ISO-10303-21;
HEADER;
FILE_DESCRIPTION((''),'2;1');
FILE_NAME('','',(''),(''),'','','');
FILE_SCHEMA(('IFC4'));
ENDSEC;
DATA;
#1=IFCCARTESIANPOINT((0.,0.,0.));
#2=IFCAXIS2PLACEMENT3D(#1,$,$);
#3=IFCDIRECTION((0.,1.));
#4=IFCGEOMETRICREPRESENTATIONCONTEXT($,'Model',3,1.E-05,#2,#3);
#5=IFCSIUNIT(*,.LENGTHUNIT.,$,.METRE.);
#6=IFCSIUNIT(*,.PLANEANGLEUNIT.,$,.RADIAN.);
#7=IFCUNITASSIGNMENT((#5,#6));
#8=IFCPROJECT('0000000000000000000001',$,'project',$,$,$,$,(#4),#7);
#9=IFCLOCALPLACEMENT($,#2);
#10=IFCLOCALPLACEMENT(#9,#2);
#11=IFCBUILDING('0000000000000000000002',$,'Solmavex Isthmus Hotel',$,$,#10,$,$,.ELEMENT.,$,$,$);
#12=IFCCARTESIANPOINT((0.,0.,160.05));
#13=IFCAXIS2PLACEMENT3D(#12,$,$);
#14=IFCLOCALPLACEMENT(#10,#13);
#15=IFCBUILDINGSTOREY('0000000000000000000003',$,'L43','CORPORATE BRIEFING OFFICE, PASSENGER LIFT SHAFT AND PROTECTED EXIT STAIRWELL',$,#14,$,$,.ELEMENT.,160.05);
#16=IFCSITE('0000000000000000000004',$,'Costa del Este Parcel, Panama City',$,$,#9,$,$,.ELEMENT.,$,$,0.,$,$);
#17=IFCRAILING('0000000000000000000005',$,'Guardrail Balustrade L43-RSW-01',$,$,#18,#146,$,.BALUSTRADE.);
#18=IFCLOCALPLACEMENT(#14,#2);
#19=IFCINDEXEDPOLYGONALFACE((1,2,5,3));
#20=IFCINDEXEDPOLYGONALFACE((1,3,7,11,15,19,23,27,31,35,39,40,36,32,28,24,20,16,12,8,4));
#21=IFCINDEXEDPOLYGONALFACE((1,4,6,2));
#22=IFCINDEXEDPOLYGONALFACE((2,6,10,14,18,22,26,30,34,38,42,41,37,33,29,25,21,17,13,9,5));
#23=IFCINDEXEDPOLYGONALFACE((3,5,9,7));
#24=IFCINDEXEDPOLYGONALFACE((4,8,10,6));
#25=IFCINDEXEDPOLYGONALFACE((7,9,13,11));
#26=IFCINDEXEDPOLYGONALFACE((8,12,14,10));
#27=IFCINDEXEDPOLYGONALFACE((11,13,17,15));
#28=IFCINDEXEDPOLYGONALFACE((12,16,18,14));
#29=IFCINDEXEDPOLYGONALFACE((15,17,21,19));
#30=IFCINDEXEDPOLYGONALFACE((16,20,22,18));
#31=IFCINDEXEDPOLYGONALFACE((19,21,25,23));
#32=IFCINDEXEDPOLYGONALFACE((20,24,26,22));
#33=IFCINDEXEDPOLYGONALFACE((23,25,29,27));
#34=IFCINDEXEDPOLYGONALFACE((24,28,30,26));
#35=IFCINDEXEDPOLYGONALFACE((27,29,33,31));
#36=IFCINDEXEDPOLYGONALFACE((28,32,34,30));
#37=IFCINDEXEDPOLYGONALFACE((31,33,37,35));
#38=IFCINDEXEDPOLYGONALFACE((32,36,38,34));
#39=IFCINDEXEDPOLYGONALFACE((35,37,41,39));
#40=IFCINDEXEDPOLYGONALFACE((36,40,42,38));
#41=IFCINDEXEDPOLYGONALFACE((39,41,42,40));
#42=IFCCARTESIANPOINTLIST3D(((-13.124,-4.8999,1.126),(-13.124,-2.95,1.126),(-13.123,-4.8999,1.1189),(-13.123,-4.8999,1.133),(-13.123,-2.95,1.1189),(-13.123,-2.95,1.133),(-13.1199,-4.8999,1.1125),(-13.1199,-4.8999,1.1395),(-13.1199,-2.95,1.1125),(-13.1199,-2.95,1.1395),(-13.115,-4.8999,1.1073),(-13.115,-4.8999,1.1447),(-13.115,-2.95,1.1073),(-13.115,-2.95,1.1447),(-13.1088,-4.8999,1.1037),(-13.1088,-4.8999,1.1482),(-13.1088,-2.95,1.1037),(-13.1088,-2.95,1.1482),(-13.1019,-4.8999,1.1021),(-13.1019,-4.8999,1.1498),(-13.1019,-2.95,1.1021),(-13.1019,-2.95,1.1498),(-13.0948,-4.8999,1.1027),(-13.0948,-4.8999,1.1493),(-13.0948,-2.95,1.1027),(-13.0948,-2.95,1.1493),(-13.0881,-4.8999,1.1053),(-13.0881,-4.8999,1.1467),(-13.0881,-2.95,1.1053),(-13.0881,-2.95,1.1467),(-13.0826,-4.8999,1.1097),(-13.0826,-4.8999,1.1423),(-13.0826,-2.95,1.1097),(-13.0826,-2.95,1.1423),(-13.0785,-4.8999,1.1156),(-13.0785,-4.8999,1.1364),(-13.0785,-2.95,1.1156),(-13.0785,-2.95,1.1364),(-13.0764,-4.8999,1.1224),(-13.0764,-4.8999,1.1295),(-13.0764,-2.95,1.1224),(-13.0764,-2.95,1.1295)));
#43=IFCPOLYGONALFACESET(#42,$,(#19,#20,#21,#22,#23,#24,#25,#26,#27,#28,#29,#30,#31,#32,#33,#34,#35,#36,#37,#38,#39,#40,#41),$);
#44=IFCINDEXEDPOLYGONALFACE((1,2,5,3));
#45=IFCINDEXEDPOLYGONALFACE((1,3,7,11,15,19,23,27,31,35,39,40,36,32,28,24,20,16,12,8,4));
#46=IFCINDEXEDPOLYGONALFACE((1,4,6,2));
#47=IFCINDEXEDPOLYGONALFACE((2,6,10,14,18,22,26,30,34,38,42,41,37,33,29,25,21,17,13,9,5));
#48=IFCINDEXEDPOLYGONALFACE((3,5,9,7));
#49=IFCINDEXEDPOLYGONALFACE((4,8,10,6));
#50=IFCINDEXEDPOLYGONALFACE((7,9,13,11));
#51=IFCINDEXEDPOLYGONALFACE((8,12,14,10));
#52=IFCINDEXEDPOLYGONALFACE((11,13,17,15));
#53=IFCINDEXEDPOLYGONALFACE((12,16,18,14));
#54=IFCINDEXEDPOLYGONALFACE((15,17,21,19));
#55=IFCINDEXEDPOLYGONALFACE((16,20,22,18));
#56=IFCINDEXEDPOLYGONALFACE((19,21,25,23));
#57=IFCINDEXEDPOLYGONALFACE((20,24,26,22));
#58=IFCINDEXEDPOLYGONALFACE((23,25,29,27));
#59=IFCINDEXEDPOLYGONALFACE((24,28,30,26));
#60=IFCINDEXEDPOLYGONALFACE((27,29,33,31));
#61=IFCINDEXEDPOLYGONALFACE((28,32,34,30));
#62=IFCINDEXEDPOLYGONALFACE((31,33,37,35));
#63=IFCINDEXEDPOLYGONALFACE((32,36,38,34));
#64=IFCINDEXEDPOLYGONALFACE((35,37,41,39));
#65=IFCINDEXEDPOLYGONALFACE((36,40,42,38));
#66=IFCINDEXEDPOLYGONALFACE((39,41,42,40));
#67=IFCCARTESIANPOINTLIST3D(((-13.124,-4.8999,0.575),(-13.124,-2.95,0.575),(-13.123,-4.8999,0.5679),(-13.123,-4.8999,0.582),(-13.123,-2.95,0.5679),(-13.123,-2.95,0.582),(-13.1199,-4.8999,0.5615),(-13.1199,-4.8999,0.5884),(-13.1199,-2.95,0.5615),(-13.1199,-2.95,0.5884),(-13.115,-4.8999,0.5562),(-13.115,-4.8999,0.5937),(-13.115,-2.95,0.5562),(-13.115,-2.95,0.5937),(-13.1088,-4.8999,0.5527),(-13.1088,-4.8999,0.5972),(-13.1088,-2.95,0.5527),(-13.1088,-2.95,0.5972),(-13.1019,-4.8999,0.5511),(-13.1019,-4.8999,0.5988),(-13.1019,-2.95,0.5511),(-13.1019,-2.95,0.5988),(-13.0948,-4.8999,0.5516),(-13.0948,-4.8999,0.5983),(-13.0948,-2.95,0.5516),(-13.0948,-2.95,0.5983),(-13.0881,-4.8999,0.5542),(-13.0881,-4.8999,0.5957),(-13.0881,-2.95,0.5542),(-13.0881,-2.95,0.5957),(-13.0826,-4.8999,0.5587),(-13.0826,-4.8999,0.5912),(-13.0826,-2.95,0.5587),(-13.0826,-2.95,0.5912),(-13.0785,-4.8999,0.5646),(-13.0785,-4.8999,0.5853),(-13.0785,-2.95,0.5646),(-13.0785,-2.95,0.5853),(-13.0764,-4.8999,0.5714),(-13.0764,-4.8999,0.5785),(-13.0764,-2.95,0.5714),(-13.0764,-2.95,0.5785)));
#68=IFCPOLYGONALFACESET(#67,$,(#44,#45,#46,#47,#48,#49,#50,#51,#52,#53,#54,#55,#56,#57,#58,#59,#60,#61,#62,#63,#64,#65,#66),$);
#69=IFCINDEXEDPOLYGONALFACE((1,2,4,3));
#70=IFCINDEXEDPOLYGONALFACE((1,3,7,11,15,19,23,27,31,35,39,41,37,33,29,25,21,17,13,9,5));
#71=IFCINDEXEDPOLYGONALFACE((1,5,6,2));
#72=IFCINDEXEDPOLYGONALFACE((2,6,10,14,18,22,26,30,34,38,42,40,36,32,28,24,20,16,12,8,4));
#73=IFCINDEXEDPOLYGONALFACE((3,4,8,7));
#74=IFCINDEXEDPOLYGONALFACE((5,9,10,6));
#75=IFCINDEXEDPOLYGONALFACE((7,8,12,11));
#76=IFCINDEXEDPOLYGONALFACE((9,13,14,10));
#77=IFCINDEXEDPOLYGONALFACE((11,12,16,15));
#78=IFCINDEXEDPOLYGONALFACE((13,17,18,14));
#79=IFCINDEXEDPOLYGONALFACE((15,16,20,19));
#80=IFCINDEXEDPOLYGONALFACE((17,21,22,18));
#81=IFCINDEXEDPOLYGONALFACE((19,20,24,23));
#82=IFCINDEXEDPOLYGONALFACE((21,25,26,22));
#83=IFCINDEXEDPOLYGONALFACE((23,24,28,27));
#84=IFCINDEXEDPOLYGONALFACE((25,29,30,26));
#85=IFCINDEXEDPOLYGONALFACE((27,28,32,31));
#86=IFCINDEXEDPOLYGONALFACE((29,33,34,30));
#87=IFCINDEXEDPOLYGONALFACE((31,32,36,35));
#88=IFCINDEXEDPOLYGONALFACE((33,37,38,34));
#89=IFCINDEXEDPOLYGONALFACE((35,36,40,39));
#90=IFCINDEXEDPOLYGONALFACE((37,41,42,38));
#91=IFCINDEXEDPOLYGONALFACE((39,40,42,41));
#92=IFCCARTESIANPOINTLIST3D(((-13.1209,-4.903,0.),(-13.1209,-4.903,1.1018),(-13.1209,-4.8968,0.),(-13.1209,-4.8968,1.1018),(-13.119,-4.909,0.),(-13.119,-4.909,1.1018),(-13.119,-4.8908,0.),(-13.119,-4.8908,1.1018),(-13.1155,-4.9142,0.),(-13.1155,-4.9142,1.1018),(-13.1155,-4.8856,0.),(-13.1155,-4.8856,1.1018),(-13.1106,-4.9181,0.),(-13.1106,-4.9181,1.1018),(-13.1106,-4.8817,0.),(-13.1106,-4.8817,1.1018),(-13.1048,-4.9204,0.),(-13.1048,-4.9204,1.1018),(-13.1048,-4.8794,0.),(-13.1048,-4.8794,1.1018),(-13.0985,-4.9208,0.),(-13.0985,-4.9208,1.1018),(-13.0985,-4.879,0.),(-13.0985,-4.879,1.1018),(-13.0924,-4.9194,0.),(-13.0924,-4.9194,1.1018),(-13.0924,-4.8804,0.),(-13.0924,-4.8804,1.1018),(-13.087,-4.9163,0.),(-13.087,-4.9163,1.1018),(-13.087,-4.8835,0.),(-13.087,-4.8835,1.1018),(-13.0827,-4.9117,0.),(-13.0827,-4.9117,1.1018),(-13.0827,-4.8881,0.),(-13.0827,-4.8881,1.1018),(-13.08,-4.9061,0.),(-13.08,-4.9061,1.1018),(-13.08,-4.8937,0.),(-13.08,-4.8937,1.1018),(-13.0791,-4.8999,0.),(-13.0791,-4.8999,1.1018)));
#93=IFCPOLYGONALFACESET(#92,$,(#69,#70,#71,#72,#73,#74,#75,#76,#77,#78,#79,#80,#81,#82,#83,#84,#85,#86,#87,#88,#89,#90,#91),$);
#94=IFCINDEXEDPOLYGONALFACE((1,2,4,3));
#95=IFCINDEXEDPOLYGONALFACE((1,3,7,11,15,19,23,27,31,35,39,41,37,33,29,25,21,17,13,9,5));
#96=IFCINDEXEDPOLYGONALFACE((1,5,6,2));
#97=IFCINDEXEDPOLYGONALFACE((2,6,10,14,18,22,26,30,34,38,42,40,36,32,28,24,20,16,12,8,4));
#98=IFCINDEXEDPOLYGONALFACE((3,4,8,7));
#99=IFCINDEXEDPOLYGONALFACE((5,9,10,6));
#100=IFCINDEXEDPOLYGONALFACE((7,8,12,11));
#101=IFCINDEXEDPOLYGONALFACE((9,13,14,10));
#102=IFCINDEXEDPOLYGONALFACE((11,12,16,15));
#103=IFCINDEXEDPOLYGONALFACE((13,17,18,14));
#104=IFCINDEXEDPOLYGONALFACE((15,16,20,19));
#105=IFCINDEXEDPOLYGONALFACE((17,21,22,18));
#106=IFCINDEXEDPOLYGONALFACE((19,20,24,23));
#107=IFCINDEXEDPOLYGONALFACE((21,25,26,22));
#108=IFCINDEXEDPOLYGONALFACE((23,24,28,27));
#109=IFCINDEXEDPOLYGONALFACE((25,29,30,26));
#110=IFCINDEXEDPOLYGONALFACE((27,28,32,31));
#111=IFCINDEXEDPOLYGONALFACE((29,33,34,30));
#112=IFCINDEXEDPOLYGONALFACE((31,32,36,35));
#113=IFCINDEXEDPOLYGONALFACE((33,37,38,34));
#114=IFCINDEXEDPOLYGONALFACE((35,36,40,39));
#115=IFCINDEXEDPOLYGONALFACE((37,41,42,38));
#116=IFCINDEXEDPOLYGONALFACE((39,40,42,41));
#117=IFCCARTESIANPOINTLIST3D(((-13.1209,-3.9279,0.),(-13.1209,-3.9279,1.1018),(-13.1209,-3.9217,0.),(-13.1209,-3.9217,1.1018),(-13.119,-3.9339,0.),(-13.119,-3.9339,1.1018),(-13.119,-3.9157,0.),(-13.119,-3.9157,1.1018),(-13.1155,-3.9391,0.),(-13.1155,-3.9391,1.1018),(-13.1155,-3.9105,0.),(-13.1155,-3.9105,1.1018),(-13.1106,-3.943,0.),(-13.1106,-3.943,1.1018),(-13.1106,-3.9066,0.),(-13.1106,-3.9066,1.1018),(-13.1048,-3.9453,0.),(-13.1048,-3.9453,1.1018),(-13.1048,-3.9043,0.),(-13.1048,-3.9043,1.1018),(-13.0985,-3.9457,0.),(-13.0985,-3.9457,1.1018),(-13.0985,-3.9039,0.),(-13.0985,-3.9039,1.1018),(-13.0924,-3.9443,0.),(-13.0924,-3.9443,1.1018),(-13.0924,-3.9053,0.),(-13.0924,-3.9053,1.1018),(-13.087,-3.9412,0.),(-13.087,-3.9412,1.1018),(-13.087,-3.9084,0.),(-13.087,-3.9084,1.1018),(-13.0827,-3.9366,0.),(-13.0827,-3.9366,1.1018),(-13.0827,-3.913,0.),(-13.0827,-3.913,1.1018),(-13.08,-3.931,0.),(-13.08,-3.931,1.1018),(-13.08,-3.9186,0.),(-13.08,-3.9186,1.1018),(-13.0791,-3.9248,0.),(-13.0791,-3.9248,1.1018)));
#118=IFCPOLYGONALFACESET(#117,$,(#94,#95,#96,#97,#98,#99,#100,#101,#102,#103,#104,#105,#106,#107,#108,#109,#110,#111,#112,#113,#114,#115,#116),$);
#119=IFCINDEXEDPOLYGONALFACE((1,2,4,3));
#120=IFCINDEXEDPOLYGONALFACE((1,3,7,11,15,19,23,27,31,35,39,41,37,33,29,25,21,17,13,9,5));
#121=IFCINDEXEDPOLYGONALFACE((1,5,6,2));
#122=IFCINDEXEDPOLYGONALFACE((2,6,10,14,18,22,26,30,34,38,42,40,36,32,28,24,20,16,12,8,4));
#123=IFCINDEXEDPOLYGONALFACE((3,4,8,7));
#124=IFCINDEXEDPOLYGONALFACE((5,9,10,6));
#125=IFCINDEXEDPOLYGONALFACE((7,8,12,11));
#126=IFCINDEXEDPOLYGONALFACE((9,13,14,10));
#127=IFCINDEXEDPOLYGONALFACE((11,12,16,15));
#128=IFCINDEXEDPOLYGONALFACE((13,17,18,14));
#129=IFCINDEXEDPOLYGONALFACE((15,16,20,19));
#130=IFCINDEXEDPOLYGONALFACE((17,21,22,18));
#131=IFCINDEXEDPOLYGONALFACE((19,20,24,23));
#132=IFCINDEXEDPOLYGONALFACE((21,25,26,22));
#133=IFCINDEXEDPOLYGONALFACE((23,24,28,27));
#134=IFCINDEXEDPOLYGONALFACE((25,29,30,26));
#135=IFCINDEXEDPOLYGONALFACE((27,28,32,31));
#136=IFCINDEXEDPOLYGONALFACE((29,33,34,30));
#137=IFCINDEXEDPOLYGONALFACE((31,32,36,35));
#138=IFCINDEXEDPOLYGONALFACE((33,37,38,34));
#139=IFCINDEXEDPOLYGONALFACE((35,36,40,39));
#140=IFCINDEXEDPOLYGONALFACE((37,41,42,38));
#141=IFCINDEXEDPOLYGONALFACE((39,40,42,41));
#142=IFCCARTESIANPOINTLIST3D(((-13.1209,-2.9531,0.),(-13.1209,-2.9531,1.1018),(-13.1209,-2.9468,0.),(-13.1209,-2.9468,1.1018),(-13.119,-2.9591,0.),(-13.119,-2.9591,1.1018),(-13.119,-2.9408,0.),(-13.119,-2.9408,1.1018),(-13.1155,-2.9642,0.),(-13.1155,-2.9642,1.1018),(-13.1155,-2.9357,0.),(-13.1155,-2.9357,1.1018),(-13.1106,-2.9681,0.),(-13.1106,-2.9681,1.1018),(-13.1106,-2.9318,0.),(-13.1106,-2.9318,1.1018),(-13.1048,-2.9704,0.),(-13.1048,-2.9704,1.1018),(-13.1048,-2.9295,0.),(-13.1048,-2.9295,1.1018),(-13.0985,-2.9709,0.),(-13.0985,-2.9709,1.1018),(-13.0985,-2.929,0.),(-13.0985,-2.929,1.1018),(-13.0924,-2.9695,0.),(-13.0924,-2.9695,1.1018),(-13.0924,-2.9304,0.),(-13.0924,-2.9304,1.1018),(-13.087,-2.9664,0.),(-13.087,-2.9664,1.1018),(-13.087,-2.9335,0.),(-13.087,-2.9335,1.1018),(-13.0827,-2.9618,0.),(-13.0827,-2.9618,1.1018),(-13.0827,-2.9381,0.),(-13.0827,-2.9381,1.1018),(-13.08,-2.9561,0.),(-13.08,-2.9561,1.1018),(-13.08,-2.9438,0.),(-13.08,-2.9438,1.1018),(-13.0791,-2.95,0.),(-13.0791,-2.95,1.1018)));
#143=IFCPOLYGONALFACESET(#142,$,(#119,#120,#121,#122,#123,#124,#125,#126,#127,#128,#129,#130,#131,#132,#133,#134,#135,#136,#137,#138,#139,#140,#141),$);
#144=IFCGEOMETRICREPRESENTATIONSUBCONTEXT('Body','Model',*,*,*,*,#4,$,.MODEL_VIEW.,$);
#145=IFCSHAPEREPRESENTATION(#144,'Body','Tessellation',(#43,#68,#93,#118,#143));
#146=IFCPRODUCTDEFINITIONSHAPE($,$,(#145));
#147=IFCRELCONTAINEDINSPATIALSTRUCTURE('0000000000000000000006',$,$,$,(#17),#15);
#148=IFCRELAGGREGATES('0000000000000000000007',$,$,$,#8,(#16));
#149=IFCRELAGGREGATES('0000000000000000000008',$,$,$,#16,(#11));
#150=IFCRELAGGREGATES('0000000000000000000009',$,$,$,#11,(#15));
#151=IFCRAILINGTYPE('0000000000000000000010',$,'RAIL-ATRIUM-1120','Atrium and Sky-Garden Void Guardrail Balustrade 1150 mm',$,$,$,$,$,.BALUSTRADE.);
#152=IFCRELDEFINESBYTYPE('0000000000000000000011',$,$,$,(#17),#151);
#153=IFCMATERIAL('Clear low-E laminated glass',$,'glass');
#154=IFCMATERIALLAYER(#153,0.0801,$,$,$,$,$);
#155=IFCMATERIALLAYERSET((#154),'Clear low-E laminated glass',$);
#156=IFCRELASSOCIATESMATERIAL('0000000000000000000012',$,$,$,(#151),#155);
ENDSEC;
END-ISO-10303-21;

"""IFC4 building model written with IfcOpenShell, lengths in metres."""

from ifc_helpers import new_model, si_unit, direction, frame, origin, origin_2d, place, context, subcontext, project, spatial, circle, extrude, material, layer, layer_set, type_object, element, save


model = new_model("IFC4")

# Units and contexts
model_context = context("Model", 3, precision=1e-05, world=origin(), true_north=direction((0.0, 1.0)))
body_context = subcontext(model_context, "Body", "Model", "MODEL_VIEW")
ifc_project = project(units=[si_unit("LENGTHUNIT", "METRE"), si_unit("PLANEANGLEUNIT", "RADIAN")], contexts=[model_context])

# Site, building, storey
site_placement = place(None, origin())
site = spatial("IfcSite", under=ifc_project, at=site_placement, Name="Costa del Este Parcel, Panama City", CompositionType="ELEMENT", RefElevation=0.0)
building_placement = place(site_placement, origin())
building = spatial("IfcBuilding", under=site, at=building_placement, Name="Solmavex Isthmus Hotel", CompositionType="ELEMENT")
storey_placement = place(building_placement, frame((0.0, 0.0, 160.05)))
storey = spatial("IfcBuildingStorey", under=building, at=storey_placement, Name="L43", Description="CORPORATE BRIEFING OFFICE, PASSENGER LIFT SHAFT AND PROTECTED EXIT STAIRWELL", CompositionType="ELEMENT", Elevation=160.05)

# Shared definitions
ifc_material_1 = material(Name="Clear low-E laminated glass", Category="glass")

# Railing
ifc_layer_1 = layer(ifc_material_1, 0.0801)
ifc_layer_set_1 = layer_set([ifc_layer_1], Name="Clear low-E laminated glass")
railing_type_1 = type_object("IfcRailingType", Name="RAIL-ATRIUM-1120", Description="Atrium and Sky-Garden Void Guardrail Balustrade 1150 mm", PredefinedType="BALUSTRADE", material=ifc_layer_set_1)
railing_1_placement = place(storey_placement, frame((-13.1001, -4.8999, 0.0)))
element("IfcRailing", 1, at=railing_1_placement, inside=storey, type_object=railing_type_1, Name="Guardrail Balustrade L43-RSW-01", PredefinedType="BALUSTRADE", context=body_context, shape_type="SweptSolid", body=[
    extrude(circle(Radius=0.0239, at=origin_2d()), frame((0.0, 0.0, 1.126), z_axis=(0.0, 1.0, 0.0), x_axis=(-1.0, 0.0, 0.0)), (0.0, 0.0, 1.0), 1.95),
    extrude(circle(Radius=0.0239, at=origin_2d()), frame((0.0, 0.0, 0.575), z_axis=(0.0, 1.0, 0.0), x_axis=(-1.0, 0.0, 0.0)), (0.0, 0.0, 1.0), 1.95),
    extrude(circle(Radius=0.021, at=origin_2d()), origin(), (0.0, 0.0, 1.0), 1.1018),
    extrude(circle(Radius=0.021, at=origin_2d()), frame((0.0, 0.9751, 0.0)), (0.0, 0.0, 1.0), 1.1018),
    extrude(circle(Radius=0.021, at=origin_2d()), frame((0.0, 1.95, 0.0)), (0.0, 0.0, 1.0), 1.1018),
])

save(model, "model.ifc")
